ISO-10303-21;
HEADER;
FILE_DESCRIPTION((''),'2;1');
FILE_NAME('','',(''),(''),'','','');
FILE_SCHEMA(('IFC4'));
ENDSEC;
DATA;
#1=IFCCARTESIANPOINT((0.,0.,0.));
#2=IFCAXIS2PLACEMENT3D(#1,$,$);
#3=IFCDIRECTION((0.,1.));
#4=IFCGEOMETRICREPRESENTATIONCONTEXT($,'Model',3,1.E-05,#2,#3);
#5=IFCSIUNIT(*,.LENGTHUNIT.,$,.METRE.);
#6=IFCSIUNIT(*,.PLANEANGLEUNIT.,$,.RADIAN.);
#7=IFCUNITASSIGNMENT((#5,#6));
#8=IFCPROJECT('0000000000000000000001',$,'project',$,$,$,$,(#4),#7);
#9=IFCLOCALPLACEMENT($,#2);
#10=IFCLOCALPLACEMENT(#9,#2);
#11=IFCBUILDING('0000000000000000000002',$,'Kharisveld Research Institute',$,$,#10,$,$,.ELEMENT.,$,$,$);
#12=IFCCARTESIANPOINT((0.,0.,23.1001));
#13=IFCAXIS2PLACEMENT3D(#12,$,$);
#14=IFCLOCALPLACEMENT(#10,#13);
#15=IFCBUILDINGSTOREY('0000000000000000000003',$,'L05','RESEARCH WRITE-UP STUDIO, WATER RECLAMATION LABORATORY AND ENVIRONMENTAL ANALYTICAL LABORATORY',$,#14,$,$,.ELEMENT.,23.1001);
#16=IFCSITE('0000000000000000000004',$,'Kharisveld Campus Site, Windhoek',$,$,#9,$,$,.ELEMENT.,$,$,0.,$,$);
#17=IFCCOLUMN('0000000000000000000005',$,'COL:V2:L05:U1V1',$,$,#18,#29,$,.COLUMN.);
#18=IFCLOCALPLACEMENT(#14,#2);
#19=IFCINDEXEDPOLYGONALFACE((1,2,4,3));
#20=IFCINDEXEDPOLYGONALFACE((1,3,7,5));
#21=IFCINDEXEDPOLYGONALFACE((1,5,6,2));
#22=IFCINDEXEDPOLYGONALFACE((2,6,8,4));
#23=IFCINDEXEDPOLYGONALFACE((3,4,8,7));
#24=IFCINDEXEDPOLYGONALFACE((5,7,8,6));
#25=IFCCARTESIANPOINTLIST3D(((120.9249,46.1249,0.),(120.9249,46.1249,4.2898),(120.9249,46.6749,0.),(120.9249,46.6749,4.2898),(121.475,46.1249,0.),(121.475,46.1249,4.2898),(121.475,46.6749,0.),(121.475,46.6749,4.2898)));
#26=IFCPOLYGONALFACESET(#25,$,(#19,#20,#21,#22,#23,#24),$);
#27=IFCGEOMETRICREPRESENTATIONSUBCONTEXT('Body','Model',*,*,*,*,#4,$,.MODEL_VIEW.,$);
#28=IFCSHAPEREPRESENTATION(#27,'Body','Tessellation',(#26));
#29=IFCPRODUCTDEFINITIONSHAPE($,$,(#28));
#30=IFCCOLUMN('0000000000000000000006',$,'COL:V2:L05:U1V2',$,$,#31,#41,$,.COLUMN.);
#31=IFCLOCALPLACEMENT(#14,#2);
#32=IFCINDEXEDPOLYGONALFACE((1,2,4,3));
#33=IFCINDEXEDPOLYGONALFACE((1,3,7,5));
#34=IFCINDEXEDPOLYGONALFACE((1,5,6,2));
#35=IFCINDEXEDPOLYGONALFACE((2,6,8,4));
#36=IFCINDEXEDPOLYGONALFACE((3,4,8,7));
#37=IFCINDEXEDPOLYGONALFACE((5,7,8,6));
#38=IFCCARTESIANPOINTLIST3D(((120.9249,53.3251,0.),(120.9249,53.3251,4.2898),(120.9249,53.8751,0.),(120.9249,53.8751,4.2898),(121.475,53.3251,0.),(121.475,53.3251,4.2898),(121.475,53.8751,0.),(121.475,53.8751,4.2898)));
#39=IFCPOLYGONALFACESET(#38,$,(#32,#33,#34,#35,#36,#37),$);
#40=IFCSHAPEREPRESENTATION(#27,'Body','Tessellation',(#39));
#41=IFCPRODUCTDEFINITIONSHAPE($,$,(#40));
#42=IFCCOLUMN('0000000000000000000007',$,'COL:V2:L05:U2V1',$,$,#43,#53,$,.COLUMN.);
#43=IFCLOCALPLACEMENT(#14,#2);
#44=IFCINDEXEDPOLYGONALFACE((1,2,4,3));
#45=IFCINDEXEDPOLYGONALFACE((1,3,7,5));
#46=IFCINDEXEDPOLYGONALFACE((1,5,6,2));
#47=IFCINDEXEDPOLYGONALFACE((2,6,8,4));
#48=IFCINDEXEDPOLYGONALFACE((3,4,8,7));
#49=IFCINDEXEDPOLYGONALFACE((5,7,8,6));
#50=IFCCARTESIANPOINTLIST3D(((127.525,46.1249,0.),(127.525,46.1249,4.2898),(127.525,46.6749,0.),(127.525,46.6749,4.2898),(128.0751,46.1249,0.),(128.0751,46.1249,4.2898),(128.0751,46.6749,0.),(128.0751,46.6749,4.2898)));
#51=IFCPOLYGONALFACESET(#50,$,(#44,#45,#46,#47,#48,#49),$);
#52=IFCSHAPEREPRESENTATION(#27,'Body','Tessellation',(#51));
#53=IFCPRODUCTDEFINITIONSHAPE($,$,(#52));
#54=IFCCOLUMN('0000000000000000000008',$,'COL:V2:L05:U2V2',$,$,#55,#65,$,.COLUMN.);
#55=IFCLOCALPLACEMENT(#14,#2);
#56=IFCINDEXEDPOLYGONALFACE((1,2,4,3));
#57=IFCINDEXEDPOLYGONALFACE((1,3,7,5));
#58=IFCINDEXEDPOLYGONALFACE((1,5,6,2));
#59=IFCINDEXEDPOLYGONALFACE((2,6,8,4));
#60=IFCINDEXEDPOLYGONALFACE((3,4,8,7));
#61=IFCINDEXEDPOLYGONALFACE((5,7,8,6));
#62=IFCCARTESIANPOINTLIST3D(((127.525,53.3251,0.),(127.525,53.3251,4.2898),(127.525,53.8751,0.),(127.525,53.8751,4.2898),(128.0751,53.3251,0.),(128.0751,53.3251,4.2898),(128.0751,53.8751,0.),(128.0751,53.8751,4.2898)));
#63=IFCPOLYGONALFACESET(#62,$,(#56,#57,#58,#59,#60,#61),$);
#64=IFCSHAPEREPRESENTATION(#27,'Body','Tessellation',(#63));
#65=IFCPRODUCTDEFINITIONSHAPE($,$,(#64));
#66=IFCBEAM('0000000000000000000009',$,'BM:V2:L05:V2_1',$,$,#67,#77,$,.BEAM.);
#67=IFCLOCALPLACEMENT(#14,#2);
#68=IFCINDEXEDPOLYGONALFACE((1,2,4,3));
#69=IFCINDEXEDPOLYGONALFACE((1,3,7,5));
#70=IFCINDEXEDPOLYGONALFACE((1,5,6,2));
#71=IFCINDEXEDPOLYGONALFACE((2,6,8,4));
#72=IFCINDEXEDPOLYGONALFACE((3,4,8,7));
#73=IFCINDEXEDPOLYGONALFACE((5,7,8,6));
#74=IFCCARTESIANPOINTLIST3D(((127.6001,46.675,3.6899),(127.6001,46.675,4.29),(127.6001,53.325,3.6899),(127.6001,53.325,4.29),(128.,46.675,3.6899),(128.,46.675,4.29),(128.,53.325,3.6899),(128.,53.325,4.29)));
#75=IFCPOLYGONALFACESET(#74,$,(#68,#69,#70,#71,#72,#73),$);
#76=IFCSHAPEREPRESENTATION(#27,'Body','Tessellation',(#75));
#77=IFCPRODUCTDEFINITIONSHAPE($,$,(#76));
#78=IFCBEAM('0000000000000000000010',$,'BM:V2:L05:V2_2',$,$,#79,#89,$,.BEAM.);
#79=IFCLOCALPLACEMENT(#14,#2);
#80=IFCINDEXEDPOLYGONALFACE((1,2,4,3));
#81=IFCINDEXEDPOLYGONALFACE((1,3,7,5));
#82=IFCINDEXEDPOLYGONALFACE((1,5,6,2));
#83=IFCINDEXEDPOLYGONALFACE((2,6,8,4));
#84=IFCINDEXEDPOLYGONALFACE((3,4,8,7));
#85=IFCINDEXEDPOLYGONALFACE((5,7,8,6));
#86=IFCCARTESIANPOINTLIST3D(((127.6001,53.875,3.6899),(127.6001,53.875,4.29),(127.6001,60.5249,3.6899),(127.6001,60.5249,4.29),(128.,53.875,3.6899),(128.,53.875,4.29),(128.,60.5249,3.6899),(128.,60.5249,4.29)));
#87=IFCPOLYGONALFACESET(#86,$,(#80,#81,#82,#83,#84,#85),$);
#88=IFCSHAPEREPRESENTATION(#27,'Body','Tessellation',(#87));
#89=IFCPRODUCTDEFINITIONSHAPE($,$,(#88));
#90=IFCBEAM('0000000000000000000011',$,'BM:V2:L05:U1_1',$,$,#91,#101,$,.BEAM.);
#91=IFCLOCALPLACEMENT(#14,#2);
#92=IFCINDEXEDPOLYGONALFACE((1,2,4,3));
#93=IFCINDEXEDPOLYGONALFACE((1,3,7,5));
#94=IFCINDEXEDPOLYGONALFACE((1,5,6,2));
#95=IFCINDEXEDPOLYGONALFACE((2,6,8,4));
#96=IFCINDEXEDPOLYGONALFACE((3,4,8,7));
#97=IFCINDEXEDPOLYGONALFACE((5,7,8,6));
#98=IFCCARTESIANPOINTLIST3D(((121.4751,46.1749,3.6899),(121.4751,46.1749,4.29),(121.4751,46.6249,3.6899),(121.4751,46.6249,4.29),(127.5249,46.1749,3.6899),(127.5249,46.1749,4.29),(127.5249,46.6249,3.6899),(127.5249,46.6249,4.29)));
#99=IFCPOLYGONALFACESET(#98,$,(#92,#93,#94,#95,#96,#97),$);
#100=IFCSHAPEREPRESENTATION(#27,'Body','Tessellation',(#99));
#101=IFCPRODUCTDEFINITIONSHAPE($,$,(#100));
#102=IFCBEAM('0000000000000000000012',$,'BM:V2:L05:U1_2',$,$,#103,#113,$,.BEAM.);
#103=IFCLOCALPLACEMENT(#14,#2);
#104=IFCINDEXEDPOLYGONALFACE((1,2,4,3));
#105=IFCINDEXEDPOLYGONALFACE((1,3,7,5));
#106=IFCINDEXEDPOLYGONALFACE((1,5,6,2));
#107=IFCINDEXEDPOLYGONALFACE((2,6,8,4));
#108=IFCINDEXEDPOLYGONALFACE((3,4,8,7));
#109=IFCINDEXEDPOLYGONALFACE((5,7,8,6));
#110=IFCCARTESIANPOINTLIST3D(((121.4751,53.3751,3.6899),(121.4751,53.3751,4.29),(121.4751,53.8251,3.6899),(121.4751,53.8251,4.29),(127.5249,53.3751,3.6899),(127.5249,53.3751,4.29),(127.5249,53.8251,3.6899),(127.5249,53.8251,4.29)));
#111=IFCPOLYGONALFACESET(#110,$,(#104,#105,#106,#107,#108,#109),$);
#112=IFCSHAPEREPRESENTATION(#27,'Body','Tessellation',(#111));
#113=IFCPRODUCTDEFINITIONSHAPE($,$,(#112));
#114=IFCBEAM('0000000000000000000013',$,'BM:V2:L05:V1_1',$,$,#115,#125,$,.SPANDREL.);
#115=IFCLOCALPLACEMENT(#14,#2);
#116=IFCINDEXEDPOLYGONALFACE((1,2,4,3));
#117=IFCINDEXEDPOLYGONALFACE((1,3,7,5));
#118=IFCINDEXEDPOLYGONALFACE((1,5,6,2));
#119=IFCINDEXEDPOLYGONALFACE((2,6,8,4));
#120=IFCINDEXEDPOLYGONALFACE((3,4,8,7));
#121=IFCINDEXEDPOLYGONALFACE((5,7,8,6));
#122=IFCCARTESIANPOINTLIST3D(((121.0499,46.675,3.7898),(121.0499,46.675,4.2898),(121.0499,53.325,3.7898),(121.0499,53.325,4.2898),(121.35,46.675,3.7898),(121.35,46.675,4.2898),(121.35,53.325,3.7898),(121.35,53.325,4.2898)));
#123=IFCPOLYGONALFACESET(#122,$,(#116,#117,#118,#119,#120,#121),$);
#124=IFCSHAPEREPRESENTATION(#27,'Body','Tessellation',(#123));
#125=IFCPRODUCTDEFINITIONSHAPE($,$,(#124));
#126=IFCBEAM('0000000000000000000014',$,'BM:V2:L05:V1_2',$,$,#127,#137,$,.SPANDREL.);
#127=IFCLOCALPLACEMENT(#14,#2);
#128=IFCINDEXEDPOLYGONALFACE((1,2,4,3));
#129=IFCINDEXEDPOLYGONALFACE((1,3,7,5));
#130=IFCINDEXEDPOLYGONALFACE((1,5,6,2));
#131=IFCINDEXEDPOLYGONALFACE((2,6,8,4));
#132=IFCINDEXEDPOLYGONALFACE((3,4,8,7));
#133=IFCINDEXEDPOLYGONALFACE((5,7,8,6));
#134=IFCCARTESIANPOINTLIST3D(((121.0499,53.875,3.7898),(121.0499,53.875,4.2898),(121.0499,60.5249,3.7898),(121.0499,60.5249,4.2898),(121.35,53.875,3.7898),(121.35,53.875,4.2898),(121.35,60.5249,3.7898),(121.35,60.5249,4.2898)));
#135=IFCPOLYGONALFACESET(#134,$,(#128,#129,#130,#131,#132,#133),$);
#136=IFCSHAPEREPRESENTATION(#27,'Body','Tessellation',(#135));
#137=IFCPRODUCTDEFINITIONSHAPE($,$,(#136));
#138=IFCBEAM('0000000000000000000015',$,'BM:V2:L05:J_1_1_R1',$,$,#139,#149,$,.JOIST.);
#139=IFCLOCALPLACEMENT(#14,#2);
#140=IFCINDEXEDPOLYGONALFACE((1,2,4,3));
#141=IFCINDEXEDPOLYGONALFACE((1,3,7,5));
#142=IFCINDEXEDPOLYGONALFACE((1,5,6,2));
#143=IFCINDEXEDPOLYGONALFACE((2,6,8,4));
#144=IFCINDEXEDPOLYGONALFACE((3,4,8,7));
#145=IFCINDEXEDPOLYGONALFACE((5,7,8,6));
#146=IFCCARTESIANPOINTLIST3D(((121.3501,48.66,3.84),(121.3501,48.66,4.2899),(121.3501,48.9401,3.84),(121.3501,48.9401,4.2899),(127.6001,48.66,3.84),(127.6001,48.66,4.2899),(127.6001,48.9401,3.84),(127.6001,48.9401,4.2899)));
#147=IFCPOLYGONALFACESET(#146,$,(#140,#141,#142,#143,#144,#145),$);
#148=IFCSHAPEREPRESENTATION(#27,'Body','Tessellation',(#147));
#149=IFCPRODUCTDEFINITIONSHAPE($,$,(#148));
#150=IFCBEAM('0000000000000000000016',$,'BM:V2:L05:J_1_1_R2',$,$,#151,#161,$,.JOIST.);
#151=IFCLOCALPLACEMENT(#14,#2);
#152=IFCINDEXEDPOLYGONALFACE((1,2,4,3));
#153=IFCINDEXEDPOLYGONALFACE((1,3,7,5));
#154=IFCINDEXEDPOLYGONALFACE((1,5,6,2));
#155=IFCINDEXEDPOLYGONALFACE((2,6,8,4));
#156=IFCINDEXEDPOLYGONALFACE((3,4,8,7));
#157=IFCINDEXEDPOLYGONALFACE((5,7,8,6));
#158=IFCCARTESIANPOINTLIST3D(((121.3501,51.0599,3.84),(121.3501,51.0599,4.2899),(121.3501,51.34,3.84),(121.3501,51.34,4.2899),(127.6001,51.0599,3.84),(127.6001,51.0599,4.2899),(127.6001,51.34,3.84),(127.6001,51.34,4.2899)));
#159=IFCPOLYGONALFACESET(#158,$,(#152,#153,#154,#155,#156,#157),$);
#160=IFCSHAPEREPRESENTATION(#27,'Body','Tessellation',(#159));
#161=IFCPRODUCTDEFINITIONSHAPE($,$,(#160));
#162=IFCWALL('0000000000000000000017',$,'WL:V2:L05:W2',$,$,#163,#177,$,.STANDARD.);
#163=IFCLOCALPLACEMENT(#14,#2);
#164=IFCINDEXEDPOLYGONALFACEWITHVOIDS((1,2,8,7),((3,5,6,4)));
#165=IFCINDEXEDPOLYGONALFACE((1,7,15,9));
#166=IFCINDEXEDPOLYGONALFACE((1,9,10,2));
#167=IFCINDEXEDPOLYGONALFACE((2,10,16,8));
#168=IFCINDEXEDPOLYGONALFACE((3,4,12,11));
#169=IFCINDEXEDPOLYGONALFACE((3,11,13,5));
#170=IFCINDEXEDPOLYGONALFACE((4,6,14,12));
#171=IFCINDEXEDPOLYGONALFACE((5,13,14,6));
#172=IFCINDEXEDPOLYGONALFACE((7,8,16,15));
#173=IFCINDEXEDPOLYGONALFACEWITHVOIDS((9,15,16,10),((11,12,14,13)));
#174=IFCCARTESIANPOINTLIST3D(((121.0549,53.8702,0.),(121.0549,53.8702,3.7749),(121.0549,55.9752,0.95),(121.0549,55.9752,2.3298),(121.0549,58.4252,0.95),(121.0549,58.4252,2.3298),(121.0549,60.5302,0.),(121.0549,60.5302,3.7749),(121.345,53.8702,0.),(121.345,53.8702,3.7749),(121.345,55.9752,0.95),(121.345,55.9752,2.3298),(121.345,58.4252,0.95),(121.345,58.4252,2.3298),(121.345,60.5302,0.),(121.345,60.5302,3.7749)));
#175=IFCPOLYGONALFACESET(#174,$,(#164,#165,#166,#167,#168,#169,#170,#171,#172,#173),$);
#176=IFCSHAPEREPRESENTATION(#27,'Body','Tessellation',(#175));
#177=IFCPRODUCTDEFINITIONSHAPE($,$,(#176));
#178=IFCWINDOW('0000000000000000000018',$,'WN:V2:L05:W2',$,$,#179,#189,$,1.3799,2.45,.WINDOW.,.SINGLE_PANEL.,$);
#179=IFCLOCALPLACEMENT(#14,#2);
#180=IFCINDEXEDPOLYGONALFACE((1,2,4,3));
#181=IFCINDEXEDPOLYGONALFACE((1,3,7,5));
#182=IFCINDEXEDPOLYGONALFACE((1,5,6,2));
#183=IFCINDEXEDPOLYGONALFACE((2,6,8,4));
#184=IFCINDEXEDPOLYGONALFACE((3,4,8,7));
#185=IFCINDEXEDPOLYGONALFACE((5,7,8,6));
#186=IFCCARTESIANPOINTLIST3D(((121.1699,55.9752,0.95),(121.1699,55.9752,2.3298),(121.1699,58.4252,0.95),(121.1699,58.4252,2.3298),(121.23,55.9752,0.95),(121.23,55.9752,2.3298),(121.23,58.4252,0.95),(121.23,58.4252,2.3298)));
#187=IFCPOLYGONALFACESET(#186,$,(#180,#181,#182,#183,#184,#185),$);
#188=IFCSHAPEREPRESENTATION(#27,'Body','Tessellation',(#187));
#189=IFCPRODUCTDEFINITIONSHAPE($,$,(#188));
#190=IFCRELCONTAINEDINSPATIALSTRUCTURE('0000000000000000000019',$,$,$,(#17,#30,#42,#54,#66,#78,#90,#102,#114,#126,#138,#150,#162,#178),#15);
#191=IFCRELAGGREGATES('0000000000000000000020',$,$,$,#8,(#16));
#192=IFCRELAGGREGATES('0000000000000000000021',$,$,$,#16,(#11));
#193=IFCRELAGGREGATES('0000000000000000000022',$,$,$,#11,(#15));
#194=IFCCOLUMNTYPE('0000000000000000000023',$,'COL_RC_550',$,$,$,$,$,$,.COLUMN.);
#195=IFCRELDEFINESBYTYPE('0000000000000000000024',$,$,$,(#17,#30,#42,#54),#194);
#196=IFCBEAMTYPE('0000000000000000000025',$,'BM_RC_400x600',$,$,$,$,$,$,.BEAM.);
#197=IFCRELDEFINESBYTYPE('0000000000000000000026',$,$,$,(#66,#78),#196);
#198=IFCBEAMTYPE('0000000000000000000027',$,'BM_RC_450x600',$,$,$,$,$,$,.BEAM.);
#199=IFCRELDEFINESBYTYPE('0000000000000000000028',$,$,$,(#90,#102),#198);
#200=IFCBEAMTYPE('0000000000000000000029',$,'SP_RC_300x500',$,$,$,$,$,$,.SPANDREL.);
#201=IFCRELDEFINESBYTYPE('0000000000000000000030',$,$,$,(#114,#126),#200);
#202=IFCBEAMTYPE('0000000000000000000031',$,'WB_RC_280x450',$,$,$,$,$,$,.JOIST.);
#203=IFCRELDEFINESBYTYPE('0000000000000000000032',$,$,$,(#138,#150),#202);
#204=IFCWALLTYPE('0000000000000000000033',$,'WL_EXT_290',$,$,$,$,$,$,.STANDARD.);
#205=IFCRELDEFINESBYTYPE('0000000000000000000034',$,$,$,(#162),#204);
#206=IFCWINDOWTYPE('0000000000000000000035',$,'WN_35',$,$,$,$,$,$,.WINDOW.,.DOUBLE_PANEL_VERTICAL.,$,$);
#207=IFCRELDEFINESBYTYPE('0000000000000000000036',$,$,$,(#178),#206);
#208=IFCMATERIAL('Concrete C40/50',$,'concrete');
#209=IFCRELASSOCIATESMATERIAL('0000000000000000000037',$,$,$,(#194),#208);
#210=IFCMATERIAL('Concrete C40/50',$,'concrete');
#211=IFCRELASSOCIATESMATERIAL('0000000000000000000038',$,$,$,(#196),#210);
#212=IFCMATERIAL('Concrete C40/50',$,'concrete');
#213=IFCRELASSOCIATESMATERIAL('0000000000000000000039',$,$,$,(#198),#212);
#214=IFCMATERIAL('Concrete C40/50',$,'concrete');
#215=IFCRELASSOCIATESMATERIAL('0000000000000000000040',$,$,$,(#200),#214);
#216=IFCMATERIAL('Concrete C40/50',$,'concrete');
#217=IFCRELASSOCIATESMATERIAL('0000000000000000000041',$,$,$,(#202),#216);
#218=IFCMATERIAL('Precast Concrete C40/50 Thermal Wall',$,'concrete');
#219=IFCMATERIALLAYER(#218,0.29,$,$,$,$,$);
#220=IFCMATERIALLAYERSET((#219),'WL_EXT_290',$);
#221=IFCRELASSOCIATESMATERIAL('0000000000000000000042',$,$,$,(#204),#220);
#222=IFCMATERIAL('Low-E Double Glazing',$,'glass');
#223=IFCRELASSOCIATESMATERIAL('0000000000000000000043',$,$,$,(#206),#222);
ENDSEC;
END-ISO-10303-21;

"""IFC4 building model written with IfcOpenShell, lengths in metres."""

from ifc_helpers import new_model, si_unit, direction, frame, frame_2d, origin, origin_2d, place, context, subcontext, project, spatial, rectangle, extrude, material, layer, layer_set, material_profile, profile_set, type_object, element, fill, save


model = new_model("IFC4")

# Units and contexts
model_context = context("Model", 3, precision=1e-05, world=origin(), true_north=direction((0.0, 1.0)))
body_context = subcontext(model_context, "Body", "Model", "MODEL_VIEW")
ifc_project = project(units=[si_unit("LENGTHUNIT", "METRE"), si_unit("PLANEANGLEUNIT", "RADIAN")], contexts=[model_context])

# Site, building, storey
site_placement = place(None, origin())
site = spatial("IfcSite", under=ifc_project, at=site_placement, Name="Kharisveld Campus Site, Windhoek", CompositionType="ELEMENT", RefElevation=0.0)
building_placement = place(site_placement, origin())
building = spatial("IfcBuilding", under=site, at=building_placement, Name="Kharisveld Research Institute", CompositionType="ELEMENT")
storey_placement = place(building_placement, frame((0.0, 0.0, 23.1001)))
storey = spatial("IfcBuildingStorey", under=building, at=storey_placement, Name="L05", Description="RESEARCH WRITE-UP STUDIO, WATER RECLAMATION LABORATORY AND ENVIRONMENTAL ANALYTICAL LABORATORY", CompositionType="ELEMENT", Elevation=23.1001)

# Columns
ifc_material_1 = material(Name="Concrete C40/50", Category="concrete")
ifc_material_profile_1 = material_profile(ifc_material_1, rectangle(XDim=0.55, YDim=0.55, at=origin_2d()))
ifc_profile_set_1 = profile_set([ifc_material_profile_1], Name="Concrete C40/50")
column_type = type_object("IfcColumnType", Name="COL_RC_550", PredefinedType="COLUMN", material=ifc_profile_set_1)
for number, where, z_axis, x_axis, name in (
    (1, (121.2, 46.3999, 0.0), (0.0, 0.0, 1.0), (1.0, 0.0, 0.0), "COL:V2:L05:U1V1"),
    (2, (121.2, 53.6001, 0.0), (0.0, 0.0, 1.0), (1.0, 0.0, 0.0), "COL:V2:L05:U1V2"),
    (3, (127.8, 46.3999, 0.0), (0.0, 0.0, 1.0), (1.0, 0.0, 0.0), "COL:V2:L05:U2V1"),
    (4, (127.8, 53.6001, 0.0), (0.0, 0.0, 1.0), (1.0, 0.0, 0.0), "COL:V2:L05:U2V2"),
):
    element("IfcColumn", number, at=place(storey_placement, frame(where, z_axis=z_axis, x_axis=x_axis)), inside=storey, type_object=column_type, Name=name, PredefinedType="COLUMN", context=body_context, shape_type="SweptSolid", body=[
        extrude(rectangle(XDim=0.55, YDim=0.55, at=origin_2d()), origin(), (0.0, 0.0, 1.0), 4.2898),
    ])

# Beams
ifc_material_2 = material(Name="Concrete C40/50", Category="concrete")
ifc_material_profile_2 = material_profile(ifc_material_2, rectangle(XDim=0.3999, YDim=0.6001, at=origin_2d()))
ifc_profile_set_2 = profile_set([ifc_material_profile_2], Name="Concrete C40/50")
beam_type_1 = type_object("IfcBeamType", Name="BM_RC_400x600", PredefinedType="BEAM", material=ifc_profile_set_2)
for number, where, z_axis, x_axis, name in (
    (5, (127.8, 46.675, 3.99), (0.0, 1.0, 0.0), (-1.0, 0.0, 0.0), "BM:V2:L05:V2_1"),
    (6, (127.8, 53.875, 3.99), (0.0, 1.0, 0.0), (-1.0, 0.0, 0.0), "BM:V2:L05:V2_2"),
):
    element("IfcBeam", number, at=place(storey_placement, frame(where, z_axis=z_axis, x_axis=x_axis)), inside=storey, type_object=beam_type_1, Name=name, PredefinedType="BEAM", context=body_context, shape_type="SweptSolid", body=[
        extrude(rectangle(XDim=0.3999, YDim=0.6001, at=origin_2d()), origin(), (0.0, 0.0, 1.0), 6.6499),
    ])
ifc_material_3 = material(Name="Concrete C40/50", Category="concrete")
ifc_material_profile_3 = material_profile(ifc_material_3, rectangle(XDim=0.45, YDim=0.6001, at=origin_2d()))
ifc_profile_set_3 = profile_set([ifc_material_profile_3], Name="Concrete C40/50")
beam_type_2 = type_object("IfcBeamType", Name="BM_RC_450x600", PredefinedType="BEAM", material=ifc_profile_set_3)
for number, where, z_axis, x_axis, name in (
    (7, (121.4751, 46.3999, 3.99), (1.0, 0.0, 0.0), (0.0, 1.0, 0.0), "BM:V2:L05:U1_1"),
    (8, (121.4751, 53.6001, 3.99), (1.0, 0.0, 0.0), (0.0, 1.0, 0.0), "BM:V2:L05:U1_2"),
):
    element("IfcBeam", number, at=place(storey_placement, frame(where, z_axis=z_axis, x_axis=x_axis)), inside=storey, type_object=beam_type_2, Name=name, PredefinedType="BEAM", context=body_context, shape_type="SweptSolid", body=[
        extrude(rectangle(XDim=0.45, YDim=0.6001, at=origin_2d()), origin(), (0.0, 0.0, 1.0), 6.0498),
    ])
ifc_material_4 = material(Name="Concrete C40/50", Category="concrete")
ifc_material_profile_4 = material_profile(ifc_material_4, rectangle(XDim=0.3, YDim=0.5, at=origin_2d()))
ifc_profile_set_4 = profile_set([ifc_material_profile_4], Name="Concrete C40/50")
beam_type_3 = type_object("IfcBeamType", Name="SP_RC_300x500", PredefinedType="SPANDREL", material=ifc_profile_set_4)
for number, where, z_axis, x_axis, name in (
    (9, (121.2, 46.675, 4.0398), (0.0, 1.0, 0.0), (-1.0, 0.0, 0.0), "BM:V2:L05:V1_1"),
    (10, (121.2, 53.875, 4.0398), (0.0, 1.0, 0.0), (-1.0, 0.0, 0.0), "BM:V2:L05:V1_2"),
):
    element("IfcBeam", number, at=place(storey_placement, frame(where, z_axis=z_axis, x_axis=x_axis)), inside=storey, type_object=beam_type_3, Name=name, PredefinedType="SPANDREL", context=body_context, shape_type="SweptSolid", body=[
        extrude(rectangle(XDim=0.3, YDim=0.5, at=origin_2d()), origin(), (0.0, 0.0, 1.0), 6.6499),
    ])
ifc_material_5 = material(Name="Concrete C40/50", Category="concrete")
ifc_material_profile_5 = material_profile(ifc_material_5, rectangle(XDim=0.28, YDim=0.45, at=origin_2d()))
ifc_profile_set_5 = profile_set([ifc_material_profile_5], Name="Concrete C40/50")
beam_type_4 = type_object("IfcBeamType", Name="WB_RC_280x450", PredefinedType="JOIST", material=ifc_profile_set_5)
for number, where, z_axis, x_axis, name in (
    (11, (121.3501, 48.8, 4.0649), (1.0, 0.0, 0.0), (0.0, 1.0, 0.0), "BM:V2:L05:J_1_1_R1"),
    (12, (121.3501, 51.2, 4.0649), (1.0, 0.0, 0.0), (0.0, 1.0, 0.0), "BM:V2:L05:J_1_1_R2"),
):
    element("IfcBeam", number, at=place(storey_placement, frame(where, z_axis=z_axis, x_axis=x_axis)), inside=storey, type_object=beam_type_4, Name=name, PredefinedType="JOIST", context=body_context, shape_type="SweptSolid", body=[
        extrude(rectangle(XDim=0.28, YDim=0.45, at=origin_2d()), origin(), (0.0, 0.0, 1.0), 6.25),
    ])

# Wall, opening, window
ifc_material_6 = material(Name="Precast Concrete C40/50 Thermal Wall", Category="concrete")
ifc_layer_1 = layer(ifc_material_6, 0.29)
ifc_layer_set_1 = layer_set([ifc_layer_1], Name="WL_EXT_290")
wall_type_1 = type_object("IfcWallType", Name="WL_EXT_290", PredefinedType="STANDARD", material=ifc_layer_set_1)
wall_1_placement = place(storey_placement, frame((121.2, 53.8701, 0.0), z_axis=(0.0, 0.0, 1.0), x_axis=(0.0, 1.0, 0.0)))
wall_1 = element("IfcWall", 13, at=wall_1_placement, inside=storey, type_object=wall_type_1, Name="WL:V2:L05:W2", PredefinedType="STANDARD", context=body_context, shape_type="SweptSolid", body=[
    extrude(rectangle(XDim=6.6599, YDim=0.29, at=frame_2d((3.3301, 0.0))), origin(), (0.0, 0.0, 1.0), 3.7749),
])
opening_1_placement = place(wall_1_placement, frame((2.105, 0.0, 0.95)))
opening_1 = element("IfcOpeningElement", 14, at=opening_1_placement, cuts=wall_1, PredefinedType="OPENING", context=body_context, shape_type="SweptSolid", body=[
    extrude(rectangle(XDim=2.45, YDim=1.3799, at=frame_2d((1.2251, 0.6899))), frame((0.0, 0.145, 0.0), z_axis=(0.0, -1.0, 0.0), x_axis=(1.0, 0.0, 0.0)), (0.0, 0.0, 1.0), 0.29),
])
ifc_material_7 = material(Name="Low-E Double Glazing", Category="glass")
window_type = type_object("IfcWindowType", Name="WN_35", PartitioningType="DOUBLE_PANEL_VERTICAL", PredefinedType="WINDOW", material=ifc_material_7)
window_placement = place(opening_1_placement, origin())
window = element("IfcWindow", 15, at=window_placement, inside=storey, type_object=window_type, Name="WN:V2:L05:W2", OverallHeight=1.3799, OverallWidth=2.45, PartitioningType="SINGLE_PANEL", PredefinedType="WINDOW", context=body_context, shape_type="SweptSolid", body=[
    extrude(rectangle(XDim=2.45, YDim=1.3799, at=frame_2d((1.2251, 0.6899))), frame((0.0, 0.03, 0.0), z_axis=(0.0, -1.0, 0.0), x_axis=(1.0, 0.0, 0.0)), (0.0, 0.0, 1.0), 0.0601),
])
fill(opening_1, window)

save(model, "model.ifc")
